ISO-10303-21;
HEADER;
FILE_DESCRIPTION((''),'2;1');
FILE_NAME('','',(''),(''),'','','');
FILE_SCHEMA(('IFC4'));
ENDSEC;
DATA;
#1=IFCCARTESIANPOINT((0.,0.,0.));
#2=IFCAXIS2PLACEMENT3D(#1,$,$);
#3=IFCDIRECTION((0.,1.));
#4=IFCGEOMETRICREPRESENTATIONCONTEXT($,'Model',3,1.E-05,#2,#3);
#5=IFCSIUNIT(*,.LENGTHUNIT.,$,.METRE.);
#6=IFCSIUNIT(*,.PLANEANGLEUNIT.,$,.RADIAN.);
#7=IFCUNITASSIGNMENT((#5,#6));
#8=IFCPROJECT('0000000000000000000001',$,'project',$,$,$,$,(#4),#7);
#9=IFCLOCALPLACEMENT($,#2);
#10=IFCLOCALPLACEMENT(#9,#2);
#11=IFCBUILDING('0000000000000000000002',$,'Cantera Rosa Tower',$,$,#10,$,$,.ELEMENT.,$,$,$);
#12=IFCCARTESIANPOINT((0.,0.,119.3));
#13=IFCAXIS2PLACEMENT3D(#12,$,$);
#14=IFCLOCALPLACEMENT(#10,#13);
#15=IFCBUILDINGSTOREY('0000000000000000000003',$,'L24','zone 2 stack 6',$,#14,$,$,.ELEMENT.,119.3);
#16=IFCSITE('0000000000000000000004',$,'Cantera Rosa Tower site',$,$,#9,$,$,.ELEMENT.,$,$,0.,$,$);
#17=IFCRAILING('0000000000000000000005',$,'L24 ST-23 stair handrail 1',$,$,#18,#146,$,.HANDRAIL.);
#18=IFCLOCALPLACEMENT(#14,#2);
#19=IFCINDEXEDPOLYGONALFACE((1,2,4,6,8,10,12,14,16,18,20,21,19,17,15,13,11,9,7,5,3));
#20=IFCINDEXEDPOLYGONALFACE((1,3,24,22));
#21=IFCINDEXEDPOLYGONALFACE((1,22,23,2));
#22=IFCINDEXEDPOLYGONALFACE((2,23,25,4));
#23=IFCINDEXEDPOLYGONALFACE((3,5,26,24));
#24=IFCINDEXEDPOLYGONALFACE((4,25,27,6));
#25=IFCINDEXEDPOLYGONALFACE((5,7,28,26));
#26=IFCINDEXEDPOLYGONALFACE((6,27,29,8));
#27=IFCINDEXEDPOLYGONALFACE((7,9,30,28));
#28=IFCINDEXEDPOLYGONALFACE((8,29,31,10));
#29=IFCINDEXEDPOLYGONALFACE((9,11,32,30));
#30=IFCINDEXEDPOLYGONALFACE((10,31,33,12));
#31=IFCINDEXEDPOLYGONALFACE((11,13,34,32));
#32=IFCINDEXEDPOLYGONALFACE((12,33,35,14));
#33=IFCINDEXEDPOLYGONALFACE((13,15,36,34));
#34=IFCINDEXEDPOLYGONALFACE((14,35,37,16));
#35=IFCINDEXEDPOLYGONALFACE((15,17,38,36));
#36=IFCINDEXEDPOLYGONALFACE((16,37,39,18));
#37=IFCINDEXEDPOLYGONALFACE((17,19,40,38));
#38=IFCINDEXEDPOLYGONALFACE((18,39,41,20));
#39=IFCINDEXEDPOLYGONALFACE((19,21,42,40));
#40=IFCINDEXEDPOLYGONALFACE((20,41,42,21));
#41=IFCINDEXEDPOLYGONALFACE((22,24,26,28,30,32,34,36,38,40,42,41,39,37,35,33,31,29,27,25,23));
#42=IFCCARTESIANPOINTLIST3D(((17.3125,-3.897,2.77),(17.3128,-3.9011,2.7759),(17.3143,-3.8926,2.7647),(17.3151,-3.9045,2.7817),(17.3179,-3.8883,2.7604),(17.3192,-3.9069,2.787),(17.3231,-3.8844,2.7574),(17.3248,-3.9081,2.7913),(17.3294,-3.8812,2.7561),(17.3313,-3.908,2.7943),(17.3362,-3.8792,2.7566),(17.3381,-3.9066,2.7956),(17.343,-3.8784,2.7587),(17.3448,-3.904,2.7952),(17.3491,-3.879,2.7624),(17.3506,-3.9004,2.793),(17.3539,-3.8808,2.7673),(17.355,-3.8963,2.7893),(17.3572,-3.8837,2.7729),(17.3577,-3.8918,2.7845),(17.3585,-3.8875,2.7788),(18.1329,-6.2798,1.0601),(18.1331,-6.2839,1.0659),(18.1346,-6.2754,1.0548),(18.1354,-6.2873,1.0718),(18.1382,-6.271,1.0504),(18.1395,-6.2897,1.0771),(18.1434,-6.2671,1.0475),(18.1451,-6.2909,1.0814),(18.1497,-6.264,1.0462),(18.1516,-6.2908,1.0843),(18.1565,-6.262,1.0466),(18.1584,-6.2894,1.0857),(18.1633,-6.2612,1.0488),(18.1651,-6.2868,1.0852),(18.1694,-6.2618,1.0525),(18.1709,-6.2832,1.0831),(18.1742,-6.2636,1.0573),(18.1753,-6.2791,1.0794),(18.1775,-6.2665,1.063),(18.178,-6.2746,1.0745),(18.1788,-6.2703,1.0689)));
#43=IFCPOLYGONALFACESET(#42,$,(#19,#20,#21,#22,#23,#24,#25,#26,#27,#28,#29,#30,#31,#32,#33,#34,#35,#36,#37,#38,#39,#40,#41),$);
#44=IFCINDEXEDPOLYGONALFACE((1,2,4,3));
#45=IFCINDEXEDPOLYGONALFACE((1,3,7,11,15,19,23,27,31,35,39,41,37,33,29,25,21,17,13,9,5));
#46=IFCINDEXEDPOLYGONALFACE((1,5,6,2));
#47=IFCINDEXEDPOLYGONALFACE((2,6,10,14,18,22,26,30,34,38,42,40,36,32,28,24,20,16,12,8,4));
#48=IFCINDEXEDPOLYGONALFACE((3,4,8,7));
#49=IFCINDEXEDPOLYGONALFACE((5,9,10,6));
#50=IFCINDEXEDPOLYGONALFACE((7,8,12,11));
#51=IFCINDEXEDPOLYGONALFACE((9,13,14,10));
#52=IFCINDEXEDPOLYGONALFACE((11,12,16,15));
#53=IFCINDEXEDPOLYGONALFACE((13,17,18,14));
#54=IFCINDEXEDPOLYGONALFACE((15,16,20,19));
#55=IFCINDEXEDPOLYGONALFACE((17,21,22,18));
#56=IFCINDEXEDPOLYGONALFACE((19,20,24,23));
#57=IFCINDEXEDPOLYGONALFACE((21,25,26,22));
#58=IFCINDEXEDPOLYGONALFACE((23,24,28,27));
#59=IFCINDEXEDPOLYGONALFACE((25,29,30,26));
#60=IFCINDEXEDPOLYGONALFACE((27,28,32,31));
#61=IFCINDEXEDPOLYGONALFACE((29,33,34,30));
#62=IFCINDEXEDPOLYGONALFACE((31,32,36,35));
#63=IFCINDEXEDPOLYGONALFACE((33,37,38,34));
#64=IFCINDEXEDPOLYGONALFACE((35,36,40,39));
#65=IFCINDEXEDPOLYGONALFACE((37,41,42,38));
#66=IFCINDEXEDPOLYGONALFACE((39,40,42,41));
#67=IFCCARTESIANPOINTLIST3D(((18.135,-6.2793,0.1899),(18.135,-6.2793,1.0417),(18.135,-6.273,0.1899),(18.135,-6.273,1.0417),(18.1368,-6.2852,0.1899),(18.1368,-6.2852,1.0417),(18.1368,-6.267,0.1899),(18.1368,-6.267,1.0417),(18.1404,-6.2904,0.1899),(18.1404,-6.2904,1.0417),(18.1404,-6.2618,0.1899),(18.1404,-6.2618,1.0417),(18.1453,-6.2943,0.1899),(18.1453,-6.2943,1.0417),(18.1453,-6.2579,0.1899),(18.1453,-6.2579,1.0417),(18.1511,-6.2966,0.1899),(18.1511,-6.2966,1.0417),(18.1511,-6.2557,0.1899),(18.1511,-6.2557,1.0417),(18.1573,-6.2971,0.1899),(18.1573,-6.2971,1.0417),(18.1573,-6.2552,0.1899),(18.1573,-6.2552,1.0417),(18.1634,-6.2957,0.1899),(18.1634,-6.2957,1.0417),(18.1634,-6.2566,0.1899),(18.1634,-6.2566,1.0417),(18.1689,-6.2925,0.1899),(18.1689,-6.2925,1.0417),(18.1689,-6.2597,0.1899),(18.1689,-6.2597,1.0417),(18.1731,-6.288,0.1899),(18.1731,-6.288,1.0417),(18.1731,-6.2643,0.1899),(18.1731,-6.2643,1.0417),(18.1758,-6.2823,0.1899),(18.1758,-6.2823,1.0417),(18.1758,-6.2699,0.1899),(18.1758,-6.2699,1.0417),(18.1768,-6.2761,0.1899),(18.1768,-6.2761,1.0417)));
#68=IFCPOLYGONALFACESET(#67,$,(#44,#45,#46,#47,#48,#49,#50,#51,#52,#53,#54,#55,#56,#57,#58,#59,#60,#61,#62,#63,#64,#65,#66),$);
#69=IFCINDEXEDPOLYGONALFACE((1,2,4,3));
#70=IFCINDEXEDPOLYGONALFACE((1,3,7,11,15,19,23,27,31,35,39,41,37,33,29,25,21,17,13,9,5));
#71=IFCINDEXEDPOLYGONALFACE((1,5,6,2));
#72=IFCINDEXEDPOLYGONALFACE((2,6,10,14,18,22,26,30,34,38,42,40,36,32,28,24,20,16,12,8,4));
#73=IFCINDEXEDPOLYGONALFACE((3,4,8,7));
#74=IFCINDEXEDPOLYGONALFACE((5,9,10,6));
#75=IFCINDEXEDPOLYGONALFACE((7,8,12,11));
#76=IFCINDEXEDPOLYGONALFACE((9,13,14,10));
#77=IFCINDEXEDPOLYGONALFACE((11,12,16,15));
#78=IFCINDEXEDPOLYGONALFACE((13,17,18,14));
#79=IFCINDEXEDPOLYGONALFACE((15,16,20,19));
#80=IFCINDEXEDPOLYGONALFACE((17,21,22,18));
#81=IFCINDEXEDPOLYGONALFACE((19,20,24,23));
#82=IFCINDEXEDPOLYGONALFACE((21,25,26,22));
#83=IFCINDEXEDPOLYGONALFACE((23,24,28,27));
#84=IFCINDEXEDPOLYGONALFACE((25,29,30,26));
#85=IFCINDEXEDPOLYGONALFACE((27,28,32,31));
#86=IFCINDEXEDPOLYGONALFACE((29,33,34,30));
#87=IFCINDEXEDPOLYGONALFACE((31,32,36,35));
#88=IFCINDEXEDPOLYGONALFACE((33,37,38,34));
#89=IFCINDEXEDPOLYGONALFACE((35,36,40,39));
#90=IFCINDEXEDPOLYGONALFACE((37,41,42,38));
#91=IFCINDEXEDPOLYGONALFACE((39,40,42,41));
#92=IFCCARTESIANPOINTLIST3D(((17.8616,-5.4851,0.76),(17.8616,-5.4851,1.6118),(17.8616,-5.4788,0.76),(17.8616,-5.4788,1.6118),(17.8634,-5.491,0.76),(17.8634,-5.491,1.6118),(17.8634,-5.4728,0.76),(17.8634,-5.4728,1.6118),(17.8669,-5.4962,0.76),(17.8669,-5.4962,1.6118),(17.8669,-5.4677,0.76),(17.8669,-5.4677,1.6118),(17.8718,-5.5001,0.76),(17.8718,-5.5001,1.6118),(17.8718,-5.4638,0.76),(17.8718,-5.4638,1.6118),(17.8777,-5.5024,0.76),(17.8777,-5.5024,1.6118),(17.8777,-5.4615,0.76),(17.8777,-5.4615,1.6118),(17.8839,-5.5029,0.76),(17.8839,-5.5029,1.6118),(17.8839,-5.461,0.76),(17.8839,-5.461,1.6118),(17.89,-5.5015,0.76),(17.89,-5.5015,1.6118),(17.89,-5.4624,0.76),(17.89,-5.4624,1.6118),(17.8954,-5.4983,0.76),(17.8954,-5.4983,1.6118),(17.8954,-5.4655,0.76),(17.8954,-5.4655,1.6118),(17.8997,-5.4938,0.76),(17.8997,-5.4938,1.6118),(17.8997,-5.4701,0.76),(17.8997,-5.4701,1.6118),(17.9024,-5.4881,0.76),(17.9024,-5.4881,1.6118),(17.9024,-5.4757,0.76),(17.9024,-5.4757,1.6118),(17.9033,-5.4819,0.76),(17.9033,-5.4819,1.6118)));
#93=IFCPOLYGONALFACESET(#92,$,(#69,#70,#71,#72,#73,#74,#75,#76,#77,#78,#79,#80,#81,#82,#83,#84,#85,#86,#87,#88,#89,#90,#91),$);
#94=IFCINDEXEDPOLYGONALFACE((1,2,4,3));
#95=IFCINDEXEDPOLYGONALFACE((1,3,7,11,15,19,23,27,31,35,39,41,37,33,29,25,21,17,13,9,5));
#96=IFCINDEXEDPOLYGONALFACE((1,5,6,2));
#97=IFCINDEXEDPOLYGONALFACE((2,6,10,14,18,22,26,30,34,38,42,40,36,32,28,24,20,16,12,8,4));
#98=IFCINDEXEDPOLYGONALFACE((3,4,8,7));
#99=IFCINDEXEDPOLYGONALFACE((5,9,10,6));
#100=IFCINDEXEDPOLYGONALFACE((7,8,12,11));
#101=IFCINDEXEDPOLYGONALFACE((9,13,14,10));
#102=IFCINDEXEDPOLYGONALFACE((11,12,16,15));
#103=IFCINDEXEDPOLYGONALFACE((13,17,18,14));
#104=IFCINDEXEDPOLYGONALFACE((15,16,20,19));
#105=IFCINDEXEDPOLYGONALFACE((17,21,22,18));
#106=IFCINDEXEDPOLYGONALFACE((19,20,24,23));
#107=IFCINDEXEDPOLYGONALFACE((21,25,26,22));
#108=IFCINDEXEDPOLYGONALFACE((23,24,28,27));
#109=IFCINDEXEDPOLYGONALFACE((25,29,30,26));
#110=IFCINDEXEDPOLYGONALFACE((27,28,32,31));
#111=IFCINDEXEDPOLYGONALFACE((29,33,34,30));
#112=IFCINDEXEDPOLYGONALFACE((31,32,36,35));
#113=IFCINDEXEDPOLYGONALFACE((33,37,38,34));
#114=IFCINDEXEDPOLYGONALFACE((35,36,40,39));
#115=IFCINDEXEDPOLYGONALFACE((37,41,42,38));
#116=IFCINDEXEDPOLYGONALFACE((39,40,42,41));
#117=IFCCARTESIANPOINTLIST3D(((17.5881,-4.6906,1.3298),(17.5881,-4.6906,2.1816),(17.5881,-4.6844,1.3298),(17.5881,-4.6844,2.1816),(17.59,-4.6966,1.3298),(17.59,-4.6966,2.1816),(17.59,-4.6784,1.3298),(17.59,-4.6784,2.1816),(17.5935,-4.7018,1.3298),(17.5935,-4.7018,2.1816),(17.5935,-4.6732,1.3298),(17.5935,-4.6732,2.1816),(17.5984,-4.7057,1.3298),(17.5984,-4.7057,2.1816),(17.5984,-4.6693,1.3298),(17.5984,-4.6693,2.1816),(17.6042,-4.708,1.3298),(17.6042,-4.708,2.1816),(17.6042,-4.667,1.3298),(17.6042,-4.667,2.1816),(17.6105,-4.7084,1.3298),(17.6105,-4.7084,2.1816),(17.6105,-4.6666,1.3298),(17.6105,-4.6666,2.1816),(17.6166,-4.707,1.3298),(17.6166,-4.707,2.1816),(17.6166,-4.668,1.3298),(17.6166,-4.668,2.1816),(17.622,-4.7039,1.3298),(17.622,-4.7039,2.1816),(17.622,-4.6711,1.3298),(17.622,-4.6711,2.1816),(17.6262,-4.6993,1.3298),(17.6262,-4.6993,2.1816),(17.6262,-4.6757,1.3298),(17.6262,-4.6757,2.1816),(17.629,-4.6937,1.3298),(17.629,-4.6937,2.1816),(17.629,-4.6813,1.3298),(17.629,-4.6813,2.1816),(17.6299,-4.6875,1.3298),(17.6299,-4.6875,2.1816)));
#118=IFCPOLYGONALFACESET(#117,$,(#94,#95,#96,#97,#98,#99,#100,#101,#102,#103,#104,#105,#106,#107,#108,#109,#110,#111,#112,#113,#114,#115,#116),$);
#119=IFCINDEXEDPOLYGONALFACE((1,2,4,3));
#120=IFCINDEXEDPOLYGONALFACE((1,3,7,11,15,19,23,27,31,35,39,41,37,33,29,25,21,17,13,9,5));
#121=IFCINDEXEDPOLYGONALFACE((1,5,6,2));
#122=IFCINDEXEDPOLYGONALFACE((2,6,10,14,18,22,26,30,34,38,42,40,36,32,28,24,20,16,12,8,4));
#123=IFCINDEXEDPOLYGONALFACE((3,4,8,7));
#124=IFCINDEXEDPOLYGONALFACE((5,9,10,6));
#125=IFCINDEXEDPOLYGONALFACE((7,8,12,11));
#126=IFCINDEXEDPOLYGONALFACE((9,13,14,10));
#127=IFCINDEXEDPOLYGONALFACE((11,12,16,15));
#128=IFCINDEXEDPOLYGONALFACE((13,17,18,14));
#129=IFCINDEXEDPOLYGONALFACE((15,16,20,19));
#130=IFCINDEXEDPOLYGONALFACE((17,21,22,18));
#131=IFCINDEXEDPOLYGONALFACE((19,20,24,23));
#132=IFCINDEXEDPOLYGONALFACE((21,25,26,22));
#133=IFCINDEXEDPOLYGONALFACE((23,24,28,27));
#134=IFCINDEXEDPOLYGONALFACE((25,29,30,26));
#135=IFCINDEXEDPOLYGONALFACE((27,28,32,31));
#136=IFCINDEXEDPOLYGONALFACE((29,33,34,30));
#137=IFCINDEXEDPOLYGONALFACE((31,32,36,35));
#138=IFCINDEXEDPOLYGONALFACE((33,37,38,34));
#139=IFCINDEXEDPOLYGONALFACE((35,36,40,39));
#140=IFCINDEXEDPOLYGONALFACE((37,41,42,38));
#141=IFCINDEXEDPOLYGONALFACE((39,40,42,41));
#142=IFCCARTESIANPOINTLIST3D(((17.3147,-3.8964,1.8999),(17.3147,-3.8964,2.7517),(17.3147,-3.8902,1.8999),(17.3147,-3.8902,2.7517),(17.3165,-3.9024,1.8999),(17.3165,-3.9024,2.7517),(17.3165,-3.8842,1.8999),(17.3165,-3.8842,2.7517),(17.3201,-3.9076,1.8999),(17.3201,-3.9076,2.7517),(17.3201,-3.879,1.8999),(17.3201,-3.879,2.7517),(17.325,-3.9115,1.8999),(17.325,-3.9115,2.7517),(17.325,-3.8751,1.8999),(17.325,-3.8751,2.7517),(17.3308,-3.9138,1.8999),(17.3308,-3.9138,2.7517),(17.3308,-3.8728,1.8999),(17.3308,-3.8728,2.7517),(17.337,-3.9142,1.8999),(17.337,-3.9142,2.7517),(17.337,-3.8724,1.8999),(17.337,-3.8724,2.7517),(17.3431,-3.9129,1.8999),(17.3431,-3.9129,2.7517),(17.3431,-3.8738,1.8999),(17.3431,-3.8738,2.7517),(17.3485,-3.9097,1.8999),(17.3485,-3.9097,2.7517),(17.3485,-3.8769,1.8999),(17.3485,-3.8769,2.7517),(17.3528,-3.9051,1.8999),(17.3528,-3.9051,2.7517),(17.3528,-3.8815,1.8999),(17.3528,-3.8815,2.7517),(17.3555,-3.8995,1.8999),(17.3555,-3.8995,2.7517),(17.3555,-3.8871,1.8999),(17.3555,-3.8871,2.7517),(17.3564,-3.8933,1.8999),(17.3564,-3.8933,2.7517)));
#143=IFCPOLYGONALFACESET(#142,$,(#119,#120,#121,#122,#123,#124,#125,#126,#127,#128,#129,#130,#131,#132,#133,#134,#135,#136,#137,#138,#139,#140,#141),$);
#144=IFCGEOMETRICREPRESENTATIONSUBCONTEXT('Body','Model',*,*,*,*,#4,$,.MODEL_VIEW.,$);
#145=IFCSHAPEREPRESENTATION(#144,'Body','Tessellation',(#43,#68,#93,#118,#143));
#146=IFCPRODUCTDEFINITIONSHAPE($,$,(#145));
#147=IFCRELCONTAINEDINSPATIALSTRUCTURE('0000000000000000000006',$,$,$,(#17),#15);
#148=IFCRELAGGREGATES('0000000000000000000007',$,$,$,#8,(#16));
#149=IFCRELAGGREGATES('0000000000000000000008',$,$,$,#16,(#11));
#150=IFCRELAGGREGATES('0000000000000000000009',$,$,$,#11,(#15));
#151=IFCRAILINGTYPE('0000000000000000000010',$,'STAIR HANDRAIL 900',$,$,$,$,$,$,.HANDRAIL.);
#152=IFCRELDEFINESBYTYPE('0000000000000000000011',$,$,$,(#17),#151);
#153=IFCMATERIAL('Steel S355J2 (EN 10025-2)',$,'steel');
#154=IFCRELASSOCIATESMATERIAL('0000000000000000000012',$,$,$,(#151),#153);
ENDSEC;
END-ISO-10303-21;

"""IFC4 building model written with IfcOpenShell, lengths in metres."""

from ifc_helpers import new_model, si_unit, direction, frame, origin, origin_2d, place, context, subcontext, project, spatial, circle, extrude, material, type_object, element, save


model = new_model("IFC4")

# Units and contexts
model_context = context("Model", 3, precision=1e-05, world=origin(), true_north=direction((0.0, 1.0)))
body_context = subcontext(model_context, "Body", "Model", "MODEL_VIEW")
ifc_project = project(units=[si_unit("LENGTHUNIT", "METRE"), si_unit("PLANEANGLEUNIT", "RADIAN")], contexts=[model_context])

# Site, building, storey
site_placement = place(None, origin())
site = spatial("IfcSite", under=ifc_project, at=site_placement, Name="Cantera Rosa Tower site", CompositionType="ELEMENT", RefElevation=0.0)
building_placement = place(site_placement, origin())
building = spatial("IfcBuilding", under=site, at=building_placement, Name="Cantera Rosa Tower", CompositionType="ELEMENT")
storey_placement = place(building_placement, frame((0.0, 0.0, 119.3)))
storey = spatial("IfcBuildingStorey", under=building, at=storey_placement, Name="L24", Description="zone 2 stack 6", CompositionType="ELEMENT", Elevation=119.3)

# Railing
ifc_material_1 = material(Name="Steel S355J2 (EN 10025-2)", Category="steel")
railing_type_1 = type_object("IfcRailingType", Name="STAIR HANDRAIL 900", PredefinedType="HANDRAIL", material=ifc_material_1)
railing_1_placement = place(storey_placement, frame((18.1558, -6.2761, 0.1899)))
element("IfcRailing", 1, at=railing_1_placement, inside=storey, type_object=railing_type_1, Name="L24 ST-23 stair handrail 1", PredefinedType="HANDRAIL", context=body_context, shape_type="SweptSolid", body=[
    extrude(circle(Radius=0.0239, at=origin_2d()), frame((0.0, 0.0, 0.876), z_axis=(-0.269358, 0.782421, 0.561483), x_axis=(-0.945538, -0.325513, 0.0)), (0.0, 0.0, 1.0), 3.0454),
    extrude(circle(Radius=0.021, at=origin_2d()), origin(), (0.0, 0.0, 1.0), 0.8518),
    extrude(circle(Radius=0.021, at=origin_2d()), frame((-0.2734, 0.7942, 0.5701)), (0.0, 0.0, 1.0), 0.8518),
    extrude(circle(Radius=0.021, at=origin_2d()), frame((-0.5469, 1.5886, 1.1399)), (0.0, 0.0, 1.0), 0.8518),
    extrude(circle(Radius=0.021, at=origin_2d()), frame((-0.8203, 2.3828, 1.71)), (0.0, 0.0, 1.0), 0.8518),
])

save(model, "model.ifc")
